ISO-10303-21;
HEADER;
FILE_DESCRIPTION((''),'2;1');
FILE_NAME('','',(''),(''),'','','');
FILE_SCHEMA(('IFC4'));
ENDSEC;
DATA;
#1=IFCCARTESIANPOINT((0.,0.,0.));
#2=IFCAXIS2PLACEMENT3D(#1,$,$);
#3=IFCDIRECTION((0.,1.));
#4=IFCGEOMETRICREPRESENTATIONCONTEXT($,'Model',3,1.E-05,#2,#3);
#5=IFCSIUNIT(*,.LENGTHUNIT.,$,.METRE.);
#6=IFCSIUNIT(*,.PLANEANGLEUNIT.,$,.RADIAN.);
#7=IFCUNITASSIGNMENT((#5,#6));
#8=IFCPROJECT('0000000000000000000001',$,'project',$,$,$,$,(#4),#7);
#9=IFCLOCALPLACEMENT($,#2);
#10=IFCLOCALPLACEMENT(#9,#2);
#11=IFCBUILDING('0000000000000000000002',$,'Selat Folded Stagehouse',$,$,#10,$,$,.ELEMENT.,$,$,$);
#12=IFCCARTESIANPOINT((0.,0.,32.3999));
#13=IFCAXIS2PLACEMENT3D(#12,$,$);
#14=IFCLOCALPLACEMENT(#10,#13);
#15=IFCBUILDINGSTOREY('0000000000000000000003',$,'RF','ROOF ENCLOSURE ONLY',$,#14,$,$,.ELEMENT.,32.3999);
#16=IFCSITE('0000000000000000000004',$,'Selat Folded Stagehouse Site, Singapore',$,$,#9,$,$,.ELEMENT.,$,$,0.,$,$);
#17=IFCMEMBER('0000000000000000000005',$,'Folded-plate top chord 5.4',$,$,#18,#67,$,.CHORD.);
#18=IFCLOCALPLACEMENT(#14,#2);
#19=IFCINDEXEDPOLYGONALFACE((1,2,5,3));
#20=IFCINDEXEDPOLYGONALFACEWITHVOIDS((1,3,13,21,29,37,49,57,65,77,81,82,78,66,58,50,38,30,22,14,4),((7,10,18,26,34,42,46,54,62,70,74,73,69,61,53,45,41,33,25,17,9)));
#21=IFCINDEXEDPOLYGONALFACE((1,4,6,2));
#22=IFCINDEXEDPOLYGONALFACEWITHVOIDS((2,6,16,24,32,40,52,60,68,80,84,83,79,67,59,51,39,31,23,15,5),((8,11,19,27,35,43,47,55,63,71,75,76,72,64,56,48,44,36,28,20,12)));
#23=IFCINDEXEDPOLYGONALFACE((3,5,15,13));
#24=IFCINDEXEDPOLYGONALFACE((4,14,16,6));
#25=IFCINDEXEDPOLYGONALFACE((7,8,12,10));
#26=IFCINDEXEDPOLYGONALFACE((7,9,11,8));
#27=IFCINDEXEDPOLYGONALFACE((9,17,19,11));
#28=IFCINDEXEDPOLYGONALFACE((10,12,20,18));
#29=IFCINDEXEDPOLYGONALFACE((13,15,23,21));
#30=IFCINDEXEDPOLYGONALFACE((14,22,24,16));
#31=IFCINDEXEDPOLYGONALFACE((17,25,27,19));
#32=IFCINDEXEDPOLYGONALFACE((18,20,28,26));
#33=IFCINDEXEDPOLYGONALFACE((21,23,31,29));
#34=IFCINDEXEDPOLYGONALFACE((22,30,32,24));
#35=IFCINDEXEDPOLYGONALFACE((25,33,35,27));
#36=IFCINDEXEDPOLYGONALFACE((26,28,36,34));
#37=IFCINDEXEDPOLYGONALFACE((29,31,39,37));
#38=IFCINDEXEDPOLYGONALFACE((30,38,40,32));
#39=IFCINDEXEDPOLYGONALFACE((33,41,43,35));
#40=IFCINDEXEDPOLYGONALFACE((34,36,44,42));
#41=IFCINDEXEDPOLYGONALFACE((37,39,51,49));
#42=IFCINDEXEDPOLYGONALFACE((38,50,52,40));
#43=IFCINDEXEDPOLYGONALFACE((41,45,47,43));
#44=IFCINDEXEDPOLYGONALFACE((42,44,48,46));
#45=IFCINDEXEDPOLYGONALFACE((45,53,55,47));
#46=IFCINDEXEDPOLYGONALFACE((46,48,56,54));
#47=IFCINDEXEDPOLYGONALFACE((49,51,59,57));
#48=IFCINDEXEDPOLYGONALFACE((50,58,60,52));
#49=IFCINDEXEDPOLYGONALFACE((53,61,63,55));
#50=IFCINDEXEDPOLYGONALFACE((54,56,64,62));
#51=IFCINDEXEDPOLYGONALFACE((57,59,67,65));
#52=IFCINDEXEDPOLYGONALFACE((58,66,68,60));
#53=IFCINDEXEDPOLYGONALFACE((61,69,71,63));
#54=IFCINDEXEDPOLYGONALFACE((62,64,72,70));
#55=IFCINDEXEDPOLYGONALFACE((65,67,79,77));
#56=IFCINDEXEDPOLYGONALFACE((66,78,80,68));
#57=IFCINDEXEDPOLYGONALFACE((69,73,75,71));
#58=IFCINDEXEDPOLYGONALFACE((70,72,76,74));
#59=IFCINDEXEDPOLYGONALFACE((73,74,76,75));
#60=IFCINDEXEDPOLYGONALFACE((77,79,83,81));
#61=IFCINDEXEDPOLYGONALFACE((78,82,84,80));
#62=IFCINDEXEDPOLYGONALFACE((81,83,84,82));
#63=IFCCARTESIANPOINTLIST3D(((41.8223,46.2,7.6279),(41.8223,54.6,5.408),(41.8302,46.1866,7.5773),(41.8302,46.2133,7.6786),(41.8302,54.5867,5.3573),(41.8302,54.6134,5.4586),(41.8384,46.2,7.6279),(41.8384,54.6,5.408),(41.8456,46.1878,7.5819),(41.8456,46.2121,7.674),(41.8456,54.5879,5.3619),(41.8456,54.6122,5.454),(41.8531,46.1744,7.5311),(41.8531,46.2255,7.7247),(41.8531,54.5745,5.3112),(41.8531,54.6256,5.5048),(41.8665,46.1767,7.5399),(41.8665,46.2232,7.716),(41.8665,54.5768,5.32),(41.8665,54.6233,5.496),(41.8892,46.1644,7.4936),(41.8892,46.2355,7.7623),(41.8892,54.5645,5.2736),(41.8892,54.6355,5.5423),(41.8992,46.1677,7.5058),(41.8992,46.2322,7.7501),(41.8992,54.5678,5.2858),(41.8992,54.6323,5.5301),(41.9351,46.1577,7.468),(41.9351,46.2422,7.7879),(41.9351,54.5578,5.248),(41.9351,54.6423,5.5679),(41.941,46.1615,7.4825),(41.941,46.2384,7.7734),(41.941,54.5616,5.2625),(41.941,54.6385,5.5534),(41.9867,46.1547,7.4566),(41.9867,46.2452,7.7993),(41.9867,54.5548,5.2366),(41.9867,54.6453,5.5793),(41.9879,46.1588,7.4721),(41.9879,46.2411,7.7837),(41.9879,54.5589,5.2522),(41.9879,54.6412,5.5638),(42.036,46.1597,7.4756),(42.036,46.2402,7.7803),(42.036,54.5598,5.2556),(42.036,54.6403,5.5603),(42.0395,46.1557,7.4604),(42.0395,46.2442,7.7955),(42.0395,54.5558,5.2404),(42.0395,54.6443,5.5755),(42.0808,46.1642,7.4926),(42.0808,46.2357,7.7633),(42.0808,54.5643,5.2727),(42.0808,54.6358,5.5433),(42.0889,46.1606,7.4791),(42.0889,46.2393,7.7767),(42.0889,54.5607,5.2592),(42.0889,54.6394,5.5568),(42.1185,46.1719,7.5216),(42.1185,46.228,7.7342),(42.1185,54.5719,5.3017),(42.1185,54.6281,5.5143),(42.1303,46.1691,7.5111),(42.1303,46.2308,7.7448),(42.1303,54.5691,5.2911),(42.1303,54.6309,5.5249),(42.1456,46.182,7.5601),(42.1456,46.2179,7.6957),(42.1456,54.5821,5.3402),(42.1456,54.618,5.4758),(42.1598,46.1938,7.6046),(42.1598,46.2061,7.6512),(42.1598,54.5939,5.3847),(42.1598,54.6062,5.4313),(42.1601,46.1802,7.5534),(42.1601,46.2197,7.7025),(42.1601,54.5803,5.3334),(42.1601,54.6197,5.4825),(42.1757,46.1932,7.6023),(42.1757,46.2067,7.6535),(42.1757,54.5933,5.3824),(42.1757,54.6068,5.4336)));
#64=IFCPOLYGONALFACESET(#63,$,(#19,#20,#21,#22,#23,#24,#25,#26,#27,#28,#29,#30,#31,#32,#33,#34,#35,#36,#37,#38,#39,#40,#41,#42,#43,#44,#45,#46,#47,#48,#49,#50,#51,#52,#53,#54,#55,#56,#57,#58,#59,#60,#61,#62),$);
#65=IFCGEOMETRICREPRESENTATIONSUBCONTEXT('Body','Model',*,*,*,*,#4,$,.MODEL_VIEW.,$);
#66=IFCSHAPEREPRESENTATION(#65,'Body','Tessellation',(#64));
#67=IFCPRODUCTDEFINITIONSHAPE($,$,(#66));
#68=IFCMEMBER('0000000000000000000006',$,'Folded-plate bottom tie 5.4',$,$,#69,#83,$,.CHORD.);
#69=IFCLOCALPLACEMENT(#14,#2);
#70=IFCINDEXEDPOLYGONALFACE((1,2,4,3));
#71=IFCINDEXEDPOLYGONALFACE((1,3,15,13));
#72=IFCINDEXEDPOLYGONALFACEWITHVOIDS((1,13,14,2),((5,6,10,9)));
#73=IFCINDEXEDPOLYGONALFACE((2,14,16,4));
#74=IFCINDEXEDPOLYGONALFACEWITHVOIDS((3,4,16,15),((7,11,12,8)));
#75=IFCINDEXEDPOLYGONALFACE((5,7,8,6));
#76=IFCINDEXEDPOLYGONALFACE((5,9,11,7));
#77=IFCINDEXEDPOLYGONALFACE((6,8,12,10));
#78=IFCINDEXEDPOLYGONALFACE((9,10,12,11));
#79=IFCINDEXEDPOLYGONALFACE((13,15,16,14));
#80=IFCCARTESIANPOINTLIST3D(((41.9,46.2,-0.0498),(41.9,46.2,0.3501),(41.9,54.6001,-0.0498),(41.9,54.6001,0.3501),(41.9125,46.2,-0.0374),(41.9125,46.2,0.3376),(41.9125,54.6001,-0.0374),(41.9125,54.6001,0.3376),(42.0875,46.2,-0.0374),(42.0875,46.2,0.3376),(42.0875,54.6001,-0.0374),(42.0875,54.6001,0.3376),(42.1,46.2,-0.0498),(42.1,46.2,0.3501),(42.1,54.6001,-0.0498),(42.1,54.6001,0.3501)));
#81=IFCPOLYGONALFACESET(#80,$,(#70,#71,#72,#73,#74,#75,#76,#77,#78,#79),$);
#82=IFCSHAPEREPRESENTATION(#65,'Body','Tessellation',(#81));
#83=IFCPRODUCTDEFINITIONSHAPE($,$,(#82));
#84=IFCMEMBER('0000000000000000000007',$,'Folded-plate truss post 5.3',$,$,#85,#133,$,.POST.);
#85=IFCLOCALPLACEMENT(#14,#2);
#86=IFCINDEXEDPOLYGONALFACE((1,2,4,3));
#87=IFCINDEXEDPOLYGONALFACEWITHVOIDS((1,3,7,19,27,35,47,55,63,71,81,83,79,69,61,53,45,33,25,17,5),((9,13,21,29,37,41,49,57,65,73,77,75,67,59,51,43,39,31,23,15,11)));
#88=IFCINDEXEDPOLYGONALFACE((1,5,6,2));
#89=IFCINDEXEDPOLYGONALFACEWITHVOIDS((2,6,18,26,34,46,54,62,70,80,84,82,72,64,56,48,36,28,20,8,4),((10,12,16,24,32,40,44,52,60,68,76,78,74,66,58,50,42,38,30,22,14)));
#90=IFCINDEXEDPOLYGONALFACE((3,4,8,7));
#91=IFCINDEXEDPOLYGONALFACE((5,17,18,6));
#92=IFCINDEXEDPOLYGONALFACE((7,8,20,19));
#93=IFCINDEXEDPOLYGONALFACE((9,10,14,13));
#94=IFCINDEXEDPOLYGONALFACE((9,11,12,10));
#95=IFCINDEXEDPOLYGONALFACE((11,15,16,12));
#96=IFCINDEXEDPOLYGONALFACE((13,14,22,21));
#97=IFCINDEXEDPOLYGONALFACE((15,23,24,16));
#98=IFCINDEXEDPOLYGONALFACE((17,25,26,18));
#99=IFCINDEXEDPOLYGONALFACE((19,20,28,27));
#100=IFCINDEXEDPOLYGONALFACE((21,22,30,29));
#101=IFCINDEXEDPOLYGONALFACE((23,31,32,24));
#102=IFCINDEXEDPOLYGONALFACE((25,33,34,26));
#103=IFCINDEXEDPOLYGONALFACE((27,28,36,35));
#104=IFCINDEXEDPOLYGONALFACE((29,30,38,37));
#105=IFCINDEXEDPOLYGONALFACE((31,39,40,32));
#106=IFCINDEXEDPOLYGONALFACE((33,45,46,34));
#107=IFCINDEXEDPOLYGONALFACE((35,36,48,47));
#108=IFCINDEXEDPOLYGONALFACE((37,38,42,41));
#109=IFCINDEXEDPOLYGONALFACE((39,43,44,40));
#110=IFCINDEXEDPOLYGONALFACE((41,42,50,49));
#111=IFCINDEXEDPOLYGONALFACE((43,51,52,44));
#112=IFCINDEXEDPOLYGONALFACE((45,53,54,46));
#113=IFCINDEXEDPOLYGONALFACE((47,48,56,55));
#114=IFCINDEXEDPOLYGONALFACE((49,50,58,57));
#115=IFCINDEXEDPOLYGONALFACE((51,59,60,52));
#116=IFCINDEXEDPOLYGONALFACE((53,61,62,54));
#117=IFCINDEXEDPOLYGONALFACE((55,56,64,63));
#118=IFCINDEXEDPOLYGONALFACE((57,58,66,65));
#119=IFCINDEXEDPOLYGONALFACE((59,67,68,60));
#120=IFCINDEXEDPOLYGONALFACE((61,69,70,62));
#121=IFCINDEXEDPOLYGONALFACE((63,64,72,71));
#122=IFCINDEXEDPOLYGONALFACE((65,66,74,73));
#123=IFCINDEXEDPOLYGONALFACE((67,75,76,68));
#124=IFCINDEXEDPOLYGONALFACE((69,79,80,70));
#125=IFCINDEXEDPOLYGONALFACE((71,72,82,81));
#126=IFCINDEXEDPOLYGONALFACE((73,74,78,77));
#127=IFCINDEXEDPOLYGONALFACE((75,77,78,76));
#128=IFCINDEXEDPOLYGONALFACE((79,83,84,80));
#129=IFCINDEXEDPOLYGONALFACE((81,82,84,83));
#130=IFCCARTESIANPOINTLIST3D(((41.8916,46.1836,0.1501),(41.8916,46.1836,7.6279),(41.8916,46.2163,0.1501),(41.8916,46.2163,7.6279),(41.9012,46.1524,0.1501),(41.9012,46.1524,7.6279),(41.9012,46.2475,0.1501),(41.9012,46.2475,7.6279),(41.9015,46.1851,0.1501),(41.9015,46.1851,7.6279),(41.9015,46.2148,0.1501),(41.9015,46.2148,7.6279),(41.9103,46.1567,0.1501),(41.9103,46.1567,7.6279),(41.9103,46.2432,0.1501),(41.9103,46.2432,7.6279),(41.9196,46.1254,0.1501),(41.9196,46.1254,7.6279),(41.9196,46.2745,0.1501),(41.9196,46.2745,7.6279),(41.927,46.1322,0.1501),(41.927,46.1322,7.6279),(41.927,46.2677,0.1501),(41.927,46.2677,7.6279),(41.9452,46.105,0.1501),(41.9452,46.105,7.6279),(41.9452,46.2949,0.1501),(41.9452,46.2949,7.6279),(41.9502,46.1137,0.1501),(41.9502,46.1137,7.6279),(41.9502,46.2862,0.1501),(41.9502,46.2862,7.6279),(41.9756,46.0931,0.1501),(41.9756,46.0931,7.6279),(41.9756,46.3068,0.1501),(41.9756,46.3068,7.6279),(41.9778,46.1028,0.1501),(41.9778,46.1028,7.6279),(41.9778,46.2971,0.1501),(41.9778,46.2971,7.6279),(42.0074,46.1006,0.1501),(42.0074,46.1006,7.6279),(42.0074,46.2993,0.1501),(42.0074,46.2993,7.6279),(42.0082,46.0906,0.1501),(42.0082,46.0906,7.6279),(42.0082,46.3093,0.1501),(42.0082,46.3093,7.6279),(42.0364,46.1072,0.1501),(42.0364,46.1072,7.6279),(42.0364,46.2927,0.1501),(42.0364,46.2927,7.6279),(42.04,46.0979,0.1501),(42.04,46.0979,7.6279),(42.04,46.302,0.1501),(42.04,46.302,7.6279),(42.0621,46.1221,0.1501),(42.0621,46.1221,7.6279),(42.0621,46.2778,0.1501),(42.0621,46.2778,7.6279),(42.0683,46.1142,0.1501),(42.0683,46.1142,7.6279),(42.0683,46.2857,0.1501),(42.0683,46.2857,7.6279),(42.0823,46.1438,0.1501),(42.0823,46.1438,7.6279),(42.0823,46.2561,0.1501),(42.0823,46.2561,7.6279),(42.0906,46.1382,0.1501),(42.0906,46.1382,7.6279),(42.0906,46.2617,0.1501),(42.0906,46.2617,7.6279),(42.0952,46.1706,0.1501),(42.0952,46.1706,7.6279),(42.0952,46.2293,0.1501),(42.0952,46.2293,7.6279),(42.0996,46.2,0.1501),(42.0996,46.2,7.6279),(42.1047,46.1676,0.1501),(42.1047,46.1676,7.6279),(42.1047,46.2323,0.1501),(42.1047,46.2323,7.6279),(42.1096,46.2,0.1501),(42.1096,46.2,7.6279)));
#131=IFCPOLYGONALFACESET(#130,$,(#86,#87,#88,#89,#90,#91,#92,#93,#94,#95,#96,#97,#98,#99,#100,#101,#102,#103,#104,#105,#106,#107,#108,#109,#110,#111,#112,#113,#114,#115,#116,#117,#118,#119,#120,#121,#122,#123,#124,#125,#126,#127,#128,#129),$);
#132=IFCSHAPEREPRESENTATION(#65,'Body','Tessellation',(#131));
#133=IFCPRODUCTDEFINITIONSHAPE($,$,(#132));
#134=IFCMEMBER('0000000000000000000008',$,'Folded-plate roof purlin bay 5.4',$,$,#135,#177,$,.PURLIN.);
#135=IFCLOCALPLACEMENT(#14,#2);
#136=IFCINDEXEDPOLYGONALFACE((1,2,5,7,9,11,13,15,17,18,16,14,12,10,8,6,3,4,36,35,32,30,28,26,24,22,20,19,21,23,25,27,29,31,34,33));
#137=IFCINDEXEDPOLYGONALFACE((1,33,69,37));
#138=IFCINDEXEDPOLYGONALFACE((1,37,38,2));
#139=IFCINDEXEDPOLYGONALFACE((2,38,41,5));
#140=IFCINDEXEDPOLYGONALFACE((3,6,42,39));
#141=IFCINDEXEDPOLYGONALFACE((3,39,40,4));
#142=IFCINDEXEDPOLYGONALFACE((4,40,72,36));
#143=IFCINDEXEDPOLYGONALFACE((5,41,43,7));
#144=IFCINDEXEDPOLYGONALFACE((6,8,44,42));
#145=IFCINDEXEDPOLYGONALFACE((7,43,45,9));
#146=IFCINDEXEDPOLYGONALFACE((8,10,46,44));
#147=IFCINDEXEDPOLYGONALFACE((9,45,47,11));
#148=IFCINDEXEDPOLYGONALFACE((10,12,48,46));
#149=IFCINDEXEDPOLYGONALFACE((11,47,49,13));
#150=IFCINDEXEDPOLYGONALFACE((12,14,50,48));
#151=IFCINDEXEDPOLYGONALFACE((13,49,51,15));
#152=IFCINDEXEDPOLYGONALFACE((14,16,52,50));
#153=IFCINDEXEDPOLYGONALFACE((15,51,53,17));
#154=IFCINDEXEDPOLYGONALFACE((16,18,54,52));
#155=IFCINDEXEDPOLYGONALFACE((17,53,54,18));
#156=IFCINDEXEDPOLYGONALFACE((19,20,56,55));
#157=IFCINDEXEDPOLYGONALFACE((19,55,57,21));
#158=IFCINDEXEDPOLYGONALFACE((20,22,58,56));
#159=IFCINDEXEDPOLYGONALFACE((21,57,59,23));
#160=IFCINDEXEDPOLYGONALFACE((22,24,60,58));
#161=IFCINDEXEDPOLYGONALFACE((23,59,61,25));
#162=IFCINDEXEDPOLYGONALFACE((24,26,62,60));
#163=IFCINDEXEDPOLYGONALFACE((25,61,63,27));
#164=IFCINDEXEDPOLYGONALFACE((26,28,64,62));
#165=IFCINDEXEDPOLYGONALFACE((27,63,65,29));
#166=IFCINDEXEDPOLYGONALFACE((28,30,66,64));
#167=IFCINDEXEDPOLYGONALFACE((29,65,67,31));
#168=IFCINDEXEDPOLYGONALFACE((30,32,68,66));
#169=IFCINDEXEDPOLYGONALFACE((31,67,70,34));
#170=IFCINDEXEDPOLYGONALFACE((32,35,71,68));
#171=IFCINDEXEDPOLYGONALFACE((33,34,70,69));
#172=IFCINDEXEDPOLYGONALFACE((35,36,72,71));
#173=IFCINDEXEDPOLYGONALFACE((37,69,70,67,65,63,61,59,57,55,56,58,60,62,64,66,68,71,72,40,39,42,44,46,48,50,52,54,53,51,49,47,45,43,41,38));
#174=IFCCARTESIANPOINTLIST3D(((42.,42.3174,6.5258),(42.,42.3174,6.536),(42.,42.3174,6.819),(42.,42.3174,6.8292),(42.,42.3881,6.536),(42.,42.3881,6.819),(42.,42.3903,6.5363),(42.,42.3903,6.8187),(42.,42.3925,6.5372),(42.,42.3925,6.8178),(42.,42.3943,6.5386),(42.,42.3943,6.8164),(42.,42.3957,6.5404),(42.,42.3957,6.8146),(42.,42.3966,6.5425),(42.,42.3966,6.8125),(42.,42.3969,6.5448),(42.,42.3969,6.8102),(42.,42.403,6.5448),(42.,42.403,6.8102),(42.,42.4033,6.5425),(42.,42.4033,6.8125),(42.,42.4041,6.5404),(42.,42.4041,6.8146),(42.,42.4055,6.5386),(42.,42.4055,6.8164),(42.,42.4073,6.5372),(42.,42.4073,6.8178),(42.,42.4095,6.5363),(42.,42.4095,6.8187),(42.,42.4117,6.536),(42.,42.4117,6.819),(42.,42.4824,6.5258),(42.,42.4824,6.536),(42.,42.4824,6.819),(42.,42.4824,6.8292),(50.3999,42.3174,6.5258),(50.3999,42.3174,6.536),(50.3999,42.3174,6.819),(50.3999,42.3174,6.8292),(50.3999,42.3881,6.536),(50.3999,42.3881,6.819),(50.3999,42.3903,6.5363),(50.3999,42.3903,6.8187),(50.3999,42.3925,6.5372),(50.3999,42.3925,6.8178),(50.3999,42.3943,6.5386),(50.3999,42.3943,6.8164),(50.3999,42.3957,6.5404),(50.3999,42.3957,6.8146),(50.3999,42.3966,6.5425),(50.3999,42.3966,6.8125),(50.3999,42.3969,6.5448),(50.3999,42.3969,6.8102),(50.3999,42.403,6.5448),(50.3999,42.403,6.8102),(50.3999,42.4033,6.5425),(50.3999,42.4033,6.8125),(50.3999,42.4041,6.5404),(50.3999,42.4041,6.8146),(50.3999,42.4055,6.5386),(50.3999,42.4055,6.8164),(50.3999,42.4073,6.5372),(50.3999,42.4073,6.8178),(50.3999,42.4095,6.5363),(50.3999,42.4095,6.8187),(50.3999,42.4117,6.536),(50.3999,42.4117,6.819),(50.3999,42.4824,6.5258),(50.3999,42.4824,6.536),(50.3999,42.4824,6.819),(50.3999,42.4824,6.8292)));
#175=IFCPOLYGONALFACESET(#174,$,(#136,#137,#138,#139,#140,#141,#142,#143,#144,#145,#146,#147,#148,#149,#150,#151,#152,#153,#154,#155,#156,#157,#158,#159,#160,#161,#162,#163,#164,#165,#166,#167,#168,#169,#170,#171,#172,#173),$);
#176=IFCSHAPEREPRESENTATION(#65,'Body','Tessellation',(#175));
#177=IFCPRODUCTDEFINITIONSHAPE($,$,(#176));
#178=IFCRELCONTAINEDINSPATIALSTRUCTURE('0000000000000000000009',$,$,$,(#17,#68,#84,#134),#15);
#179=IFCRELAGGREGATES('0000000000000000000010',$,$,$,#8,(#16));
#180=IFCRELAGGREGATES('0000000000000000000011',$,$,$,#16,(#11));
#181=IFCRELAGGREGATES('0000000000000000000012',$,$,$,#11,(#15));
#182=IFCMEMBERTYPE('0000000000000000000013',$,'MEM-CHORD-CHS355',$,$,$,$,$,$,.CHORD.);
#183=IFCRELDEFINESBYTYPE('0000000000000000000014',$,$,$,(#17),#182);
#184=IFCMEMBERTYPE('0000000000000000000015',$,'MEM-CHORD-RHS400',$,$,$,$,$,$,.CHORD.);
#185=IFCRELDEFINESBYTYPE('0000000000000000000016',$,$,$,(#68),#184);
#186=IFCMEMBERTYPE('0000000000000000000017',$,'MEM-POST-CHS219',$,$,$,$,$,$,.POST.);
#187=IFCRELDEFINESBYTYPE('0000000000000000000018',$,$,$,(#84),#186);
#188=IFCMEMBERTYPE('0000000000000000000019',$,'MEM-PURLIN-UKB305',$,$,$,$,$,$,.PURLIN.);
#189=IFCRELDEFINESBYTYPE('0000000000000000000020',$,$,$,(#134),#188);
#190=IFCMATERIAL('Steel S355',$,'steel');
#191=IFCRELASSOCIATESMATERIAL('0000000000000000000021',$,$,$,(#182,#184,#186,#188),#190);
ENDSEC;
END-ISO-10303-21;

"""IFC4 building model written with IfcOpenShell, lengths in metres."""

from ifc_helpers import new_model, si_unit, direction, frame, origin, origin_2d, place, context, subcontext, project, spatial, hollow_rectangle, hollow_circle, i_section, extrude, material, material_profile, profile_set, type_object, element, save


model = new_model("IFC4")

# Units and contexts
model_context = context("Model", 3, precision=1e-05, world=origin(), true_north=direction((0.0, 1.0)))
body_context = subcontext(model_context, "Body", "Model", "MODEL_VIEW")
ifc_project = project(units=[si_unit("LENGTHUNIT", "METRE"), si_unit("PLANEANGLEUNIT", "RADIAN")], contexts=[model_context])

# Site, building, storey
site_placement = place(None, origin())
site = spatial("IfcSite", under=ifc_project, at=site_placement, Name="Selat Folded Stagehouse Site, Singapore", CompositionType="ELEMENT", RefElevation=0.0)
building_placement = place(site_placement, origin())
building = spatial("IfcBuilding", under=site, at=building_placement, Name="Selat Folded Stagehouse", CompositionType="ELEMENT")
storey_placement = place(building_placement, frame((0.0, 0.0, 32.3999)))
storey = spatial("IfcBuildingStorey", under=building, at=storey_placement, Name="RF", Description="ROOF ENCLOSURE ONLY", CompositionType="ELEMENT", Elevation=32.3999)

# Shared definitions
ifc_material_1 = material(Name="Steel S355", Category="steel")

# Members
ifc_material_profile_1 = material_profile(ifc_material_1, hollow_circle(Radius=0.1777, WallThickness=0.0161, at=origin_2d()), Name="CHS 355.6x16.0")
ifc_profile_set_1 = profile_set([ifc_material_profile_1], Name="Steel S355")
member_type_1 = type_object("IfcMemberType", Name="MEM-CHORD-CHS355", PredefinedType="CHORD", material=ifc_profile_set_1)
member_1_placement = place(storey_placement, frame((42.0, 46.2, 7.6279), z_axis=(0.0, 0.966808, -0.255506), x_axis=(-1.0, 0.0, 0.0)))
element("IfcMember", 1, at=member_1_placement, inside=storey, type_object=member_type_1, Name="Folded-plate top chord 5.4", PredefinedType="CHORD", context=body_context, shape_type="SweptSolid", body=[
    extrude(hollow_circle(Radius=0.1777, WallThickness=0.0161, at=origin_2d()), origin(), (0.0, 0.0, 1.0), 8.6885),
])
ifc_material_profile_2 = material_profile(ifc_material_1, hollow_rectangle(XDim=0.2, YDim=0.3999, WallThickness=0.0125, at=origin_2d()), Name="RHS 400x200x12.5")
ifc_profile_set_2 = profile_set([ifc_material_profile_2], Name="Steel S355")
member_type_2 = type_object("IfcMemberType", Name="MEM-CHORD-RHS400", PredefinedType="CHORD", material=ifc_profile_set_2)
member_2_placement = place(storey_placement, frame((42.0, 46.2, 0.1501), z_axis=(0.0, 1.0, 0.0), x_axis=(-1.0, 0.0, 0.0)))
element("IfcMember", 2, at=member_2_placement, inside=storey, type_object=member_type_2, Name="Folded-plate bottom tie 5.4", PredefinedType="CHORD", context=body_context, shape_type="SweptSolid", body=[
    extrude(hollow_rectangle(XDim=0.2, YDim=0.3999, WallThickness=0.0125, at=origin_2d()), origin(), (0.0, 0.0, 1.0), 8.4001),
])
ifc_material_profile_3 = material_profile(ifc_material_1, hollow_circle(Radius=0.1096, WallThickness=0.01, at=origin_2d()), Name="CHS 219.1x10.0")
ifc_profile_set_3 = profile_set([ifc_material_profile_3], Name="Steel S355")
member_type_3 = type_object("IfcMemberType", Name="MEM-POST-CHS219", PredefinedType="POST", material=ifc_profile_set_3)
member_3_placement = place(storey_placement, frame((42.0, 46.2, 0.1501), z_axis=(0.0, 0.0, 1.0), x_axis=(1.0, 0.0, 0.0)))
element("IfcMember", 3, at=member_3_placement, inside=storey, type_object=member_type_3, Name="Folded-plate truss post 5.3", PredefinedType="POST", context=body_context, shape_type="SweptSolid", body=[
    extrude(hollow_circle(Radius=0.1096, WallThickness=0.01, at=origin_2d()), origin(), (0.0, 0.0, 1.0), 7.4778),
])
ifc_material_profile_4 = material_profile(ifc_material_1, i_section(OverallWidth=0.165, OverallDepth=0.3035, WebThickness=0.0061, FlangeThickness=0.0103, FilletRadius=0.0088, at=origin_2d()), Name="UKB 305x165x40")
ifc_profile_set_4 = profile_set([ifc_material_profile_4], Name="Steel S355")
member_type_4 = type_object("IfcMemberType", Name="MEM-PURLIN-UKB305", PredefinedType="PURLIN", material=ifc_profile_set_4)
for number, where, z_axis, x_axis, name in (
    (4, (42.0, 42.3999, 6.6775), (1.0, 0.0, 0.0), (0.0, 1.0, 0.0), "Folded-plate roof purlin bay 5.4"),
):
    element("IfcMember", number, at=place(storey_placement, frame(where, z_axis=z_axis, x_axis=x_axis)), inside=storey, type_object=member_type_4, Name=name, PredefinedType="PURLIN", context=body_context, shape_type="SweptSolid", body=[
        extrude(i_section(OverallWidth=0.165, OverallDepth=0.3035, WebThickness=0.0061, FlangeThickness=0.0103, FilletRadius=0.0088, at=origin_2d()), origin(), (0.0, 0.0, 1.0), 8.3999),
    ])

save(model, "model.ifc")
